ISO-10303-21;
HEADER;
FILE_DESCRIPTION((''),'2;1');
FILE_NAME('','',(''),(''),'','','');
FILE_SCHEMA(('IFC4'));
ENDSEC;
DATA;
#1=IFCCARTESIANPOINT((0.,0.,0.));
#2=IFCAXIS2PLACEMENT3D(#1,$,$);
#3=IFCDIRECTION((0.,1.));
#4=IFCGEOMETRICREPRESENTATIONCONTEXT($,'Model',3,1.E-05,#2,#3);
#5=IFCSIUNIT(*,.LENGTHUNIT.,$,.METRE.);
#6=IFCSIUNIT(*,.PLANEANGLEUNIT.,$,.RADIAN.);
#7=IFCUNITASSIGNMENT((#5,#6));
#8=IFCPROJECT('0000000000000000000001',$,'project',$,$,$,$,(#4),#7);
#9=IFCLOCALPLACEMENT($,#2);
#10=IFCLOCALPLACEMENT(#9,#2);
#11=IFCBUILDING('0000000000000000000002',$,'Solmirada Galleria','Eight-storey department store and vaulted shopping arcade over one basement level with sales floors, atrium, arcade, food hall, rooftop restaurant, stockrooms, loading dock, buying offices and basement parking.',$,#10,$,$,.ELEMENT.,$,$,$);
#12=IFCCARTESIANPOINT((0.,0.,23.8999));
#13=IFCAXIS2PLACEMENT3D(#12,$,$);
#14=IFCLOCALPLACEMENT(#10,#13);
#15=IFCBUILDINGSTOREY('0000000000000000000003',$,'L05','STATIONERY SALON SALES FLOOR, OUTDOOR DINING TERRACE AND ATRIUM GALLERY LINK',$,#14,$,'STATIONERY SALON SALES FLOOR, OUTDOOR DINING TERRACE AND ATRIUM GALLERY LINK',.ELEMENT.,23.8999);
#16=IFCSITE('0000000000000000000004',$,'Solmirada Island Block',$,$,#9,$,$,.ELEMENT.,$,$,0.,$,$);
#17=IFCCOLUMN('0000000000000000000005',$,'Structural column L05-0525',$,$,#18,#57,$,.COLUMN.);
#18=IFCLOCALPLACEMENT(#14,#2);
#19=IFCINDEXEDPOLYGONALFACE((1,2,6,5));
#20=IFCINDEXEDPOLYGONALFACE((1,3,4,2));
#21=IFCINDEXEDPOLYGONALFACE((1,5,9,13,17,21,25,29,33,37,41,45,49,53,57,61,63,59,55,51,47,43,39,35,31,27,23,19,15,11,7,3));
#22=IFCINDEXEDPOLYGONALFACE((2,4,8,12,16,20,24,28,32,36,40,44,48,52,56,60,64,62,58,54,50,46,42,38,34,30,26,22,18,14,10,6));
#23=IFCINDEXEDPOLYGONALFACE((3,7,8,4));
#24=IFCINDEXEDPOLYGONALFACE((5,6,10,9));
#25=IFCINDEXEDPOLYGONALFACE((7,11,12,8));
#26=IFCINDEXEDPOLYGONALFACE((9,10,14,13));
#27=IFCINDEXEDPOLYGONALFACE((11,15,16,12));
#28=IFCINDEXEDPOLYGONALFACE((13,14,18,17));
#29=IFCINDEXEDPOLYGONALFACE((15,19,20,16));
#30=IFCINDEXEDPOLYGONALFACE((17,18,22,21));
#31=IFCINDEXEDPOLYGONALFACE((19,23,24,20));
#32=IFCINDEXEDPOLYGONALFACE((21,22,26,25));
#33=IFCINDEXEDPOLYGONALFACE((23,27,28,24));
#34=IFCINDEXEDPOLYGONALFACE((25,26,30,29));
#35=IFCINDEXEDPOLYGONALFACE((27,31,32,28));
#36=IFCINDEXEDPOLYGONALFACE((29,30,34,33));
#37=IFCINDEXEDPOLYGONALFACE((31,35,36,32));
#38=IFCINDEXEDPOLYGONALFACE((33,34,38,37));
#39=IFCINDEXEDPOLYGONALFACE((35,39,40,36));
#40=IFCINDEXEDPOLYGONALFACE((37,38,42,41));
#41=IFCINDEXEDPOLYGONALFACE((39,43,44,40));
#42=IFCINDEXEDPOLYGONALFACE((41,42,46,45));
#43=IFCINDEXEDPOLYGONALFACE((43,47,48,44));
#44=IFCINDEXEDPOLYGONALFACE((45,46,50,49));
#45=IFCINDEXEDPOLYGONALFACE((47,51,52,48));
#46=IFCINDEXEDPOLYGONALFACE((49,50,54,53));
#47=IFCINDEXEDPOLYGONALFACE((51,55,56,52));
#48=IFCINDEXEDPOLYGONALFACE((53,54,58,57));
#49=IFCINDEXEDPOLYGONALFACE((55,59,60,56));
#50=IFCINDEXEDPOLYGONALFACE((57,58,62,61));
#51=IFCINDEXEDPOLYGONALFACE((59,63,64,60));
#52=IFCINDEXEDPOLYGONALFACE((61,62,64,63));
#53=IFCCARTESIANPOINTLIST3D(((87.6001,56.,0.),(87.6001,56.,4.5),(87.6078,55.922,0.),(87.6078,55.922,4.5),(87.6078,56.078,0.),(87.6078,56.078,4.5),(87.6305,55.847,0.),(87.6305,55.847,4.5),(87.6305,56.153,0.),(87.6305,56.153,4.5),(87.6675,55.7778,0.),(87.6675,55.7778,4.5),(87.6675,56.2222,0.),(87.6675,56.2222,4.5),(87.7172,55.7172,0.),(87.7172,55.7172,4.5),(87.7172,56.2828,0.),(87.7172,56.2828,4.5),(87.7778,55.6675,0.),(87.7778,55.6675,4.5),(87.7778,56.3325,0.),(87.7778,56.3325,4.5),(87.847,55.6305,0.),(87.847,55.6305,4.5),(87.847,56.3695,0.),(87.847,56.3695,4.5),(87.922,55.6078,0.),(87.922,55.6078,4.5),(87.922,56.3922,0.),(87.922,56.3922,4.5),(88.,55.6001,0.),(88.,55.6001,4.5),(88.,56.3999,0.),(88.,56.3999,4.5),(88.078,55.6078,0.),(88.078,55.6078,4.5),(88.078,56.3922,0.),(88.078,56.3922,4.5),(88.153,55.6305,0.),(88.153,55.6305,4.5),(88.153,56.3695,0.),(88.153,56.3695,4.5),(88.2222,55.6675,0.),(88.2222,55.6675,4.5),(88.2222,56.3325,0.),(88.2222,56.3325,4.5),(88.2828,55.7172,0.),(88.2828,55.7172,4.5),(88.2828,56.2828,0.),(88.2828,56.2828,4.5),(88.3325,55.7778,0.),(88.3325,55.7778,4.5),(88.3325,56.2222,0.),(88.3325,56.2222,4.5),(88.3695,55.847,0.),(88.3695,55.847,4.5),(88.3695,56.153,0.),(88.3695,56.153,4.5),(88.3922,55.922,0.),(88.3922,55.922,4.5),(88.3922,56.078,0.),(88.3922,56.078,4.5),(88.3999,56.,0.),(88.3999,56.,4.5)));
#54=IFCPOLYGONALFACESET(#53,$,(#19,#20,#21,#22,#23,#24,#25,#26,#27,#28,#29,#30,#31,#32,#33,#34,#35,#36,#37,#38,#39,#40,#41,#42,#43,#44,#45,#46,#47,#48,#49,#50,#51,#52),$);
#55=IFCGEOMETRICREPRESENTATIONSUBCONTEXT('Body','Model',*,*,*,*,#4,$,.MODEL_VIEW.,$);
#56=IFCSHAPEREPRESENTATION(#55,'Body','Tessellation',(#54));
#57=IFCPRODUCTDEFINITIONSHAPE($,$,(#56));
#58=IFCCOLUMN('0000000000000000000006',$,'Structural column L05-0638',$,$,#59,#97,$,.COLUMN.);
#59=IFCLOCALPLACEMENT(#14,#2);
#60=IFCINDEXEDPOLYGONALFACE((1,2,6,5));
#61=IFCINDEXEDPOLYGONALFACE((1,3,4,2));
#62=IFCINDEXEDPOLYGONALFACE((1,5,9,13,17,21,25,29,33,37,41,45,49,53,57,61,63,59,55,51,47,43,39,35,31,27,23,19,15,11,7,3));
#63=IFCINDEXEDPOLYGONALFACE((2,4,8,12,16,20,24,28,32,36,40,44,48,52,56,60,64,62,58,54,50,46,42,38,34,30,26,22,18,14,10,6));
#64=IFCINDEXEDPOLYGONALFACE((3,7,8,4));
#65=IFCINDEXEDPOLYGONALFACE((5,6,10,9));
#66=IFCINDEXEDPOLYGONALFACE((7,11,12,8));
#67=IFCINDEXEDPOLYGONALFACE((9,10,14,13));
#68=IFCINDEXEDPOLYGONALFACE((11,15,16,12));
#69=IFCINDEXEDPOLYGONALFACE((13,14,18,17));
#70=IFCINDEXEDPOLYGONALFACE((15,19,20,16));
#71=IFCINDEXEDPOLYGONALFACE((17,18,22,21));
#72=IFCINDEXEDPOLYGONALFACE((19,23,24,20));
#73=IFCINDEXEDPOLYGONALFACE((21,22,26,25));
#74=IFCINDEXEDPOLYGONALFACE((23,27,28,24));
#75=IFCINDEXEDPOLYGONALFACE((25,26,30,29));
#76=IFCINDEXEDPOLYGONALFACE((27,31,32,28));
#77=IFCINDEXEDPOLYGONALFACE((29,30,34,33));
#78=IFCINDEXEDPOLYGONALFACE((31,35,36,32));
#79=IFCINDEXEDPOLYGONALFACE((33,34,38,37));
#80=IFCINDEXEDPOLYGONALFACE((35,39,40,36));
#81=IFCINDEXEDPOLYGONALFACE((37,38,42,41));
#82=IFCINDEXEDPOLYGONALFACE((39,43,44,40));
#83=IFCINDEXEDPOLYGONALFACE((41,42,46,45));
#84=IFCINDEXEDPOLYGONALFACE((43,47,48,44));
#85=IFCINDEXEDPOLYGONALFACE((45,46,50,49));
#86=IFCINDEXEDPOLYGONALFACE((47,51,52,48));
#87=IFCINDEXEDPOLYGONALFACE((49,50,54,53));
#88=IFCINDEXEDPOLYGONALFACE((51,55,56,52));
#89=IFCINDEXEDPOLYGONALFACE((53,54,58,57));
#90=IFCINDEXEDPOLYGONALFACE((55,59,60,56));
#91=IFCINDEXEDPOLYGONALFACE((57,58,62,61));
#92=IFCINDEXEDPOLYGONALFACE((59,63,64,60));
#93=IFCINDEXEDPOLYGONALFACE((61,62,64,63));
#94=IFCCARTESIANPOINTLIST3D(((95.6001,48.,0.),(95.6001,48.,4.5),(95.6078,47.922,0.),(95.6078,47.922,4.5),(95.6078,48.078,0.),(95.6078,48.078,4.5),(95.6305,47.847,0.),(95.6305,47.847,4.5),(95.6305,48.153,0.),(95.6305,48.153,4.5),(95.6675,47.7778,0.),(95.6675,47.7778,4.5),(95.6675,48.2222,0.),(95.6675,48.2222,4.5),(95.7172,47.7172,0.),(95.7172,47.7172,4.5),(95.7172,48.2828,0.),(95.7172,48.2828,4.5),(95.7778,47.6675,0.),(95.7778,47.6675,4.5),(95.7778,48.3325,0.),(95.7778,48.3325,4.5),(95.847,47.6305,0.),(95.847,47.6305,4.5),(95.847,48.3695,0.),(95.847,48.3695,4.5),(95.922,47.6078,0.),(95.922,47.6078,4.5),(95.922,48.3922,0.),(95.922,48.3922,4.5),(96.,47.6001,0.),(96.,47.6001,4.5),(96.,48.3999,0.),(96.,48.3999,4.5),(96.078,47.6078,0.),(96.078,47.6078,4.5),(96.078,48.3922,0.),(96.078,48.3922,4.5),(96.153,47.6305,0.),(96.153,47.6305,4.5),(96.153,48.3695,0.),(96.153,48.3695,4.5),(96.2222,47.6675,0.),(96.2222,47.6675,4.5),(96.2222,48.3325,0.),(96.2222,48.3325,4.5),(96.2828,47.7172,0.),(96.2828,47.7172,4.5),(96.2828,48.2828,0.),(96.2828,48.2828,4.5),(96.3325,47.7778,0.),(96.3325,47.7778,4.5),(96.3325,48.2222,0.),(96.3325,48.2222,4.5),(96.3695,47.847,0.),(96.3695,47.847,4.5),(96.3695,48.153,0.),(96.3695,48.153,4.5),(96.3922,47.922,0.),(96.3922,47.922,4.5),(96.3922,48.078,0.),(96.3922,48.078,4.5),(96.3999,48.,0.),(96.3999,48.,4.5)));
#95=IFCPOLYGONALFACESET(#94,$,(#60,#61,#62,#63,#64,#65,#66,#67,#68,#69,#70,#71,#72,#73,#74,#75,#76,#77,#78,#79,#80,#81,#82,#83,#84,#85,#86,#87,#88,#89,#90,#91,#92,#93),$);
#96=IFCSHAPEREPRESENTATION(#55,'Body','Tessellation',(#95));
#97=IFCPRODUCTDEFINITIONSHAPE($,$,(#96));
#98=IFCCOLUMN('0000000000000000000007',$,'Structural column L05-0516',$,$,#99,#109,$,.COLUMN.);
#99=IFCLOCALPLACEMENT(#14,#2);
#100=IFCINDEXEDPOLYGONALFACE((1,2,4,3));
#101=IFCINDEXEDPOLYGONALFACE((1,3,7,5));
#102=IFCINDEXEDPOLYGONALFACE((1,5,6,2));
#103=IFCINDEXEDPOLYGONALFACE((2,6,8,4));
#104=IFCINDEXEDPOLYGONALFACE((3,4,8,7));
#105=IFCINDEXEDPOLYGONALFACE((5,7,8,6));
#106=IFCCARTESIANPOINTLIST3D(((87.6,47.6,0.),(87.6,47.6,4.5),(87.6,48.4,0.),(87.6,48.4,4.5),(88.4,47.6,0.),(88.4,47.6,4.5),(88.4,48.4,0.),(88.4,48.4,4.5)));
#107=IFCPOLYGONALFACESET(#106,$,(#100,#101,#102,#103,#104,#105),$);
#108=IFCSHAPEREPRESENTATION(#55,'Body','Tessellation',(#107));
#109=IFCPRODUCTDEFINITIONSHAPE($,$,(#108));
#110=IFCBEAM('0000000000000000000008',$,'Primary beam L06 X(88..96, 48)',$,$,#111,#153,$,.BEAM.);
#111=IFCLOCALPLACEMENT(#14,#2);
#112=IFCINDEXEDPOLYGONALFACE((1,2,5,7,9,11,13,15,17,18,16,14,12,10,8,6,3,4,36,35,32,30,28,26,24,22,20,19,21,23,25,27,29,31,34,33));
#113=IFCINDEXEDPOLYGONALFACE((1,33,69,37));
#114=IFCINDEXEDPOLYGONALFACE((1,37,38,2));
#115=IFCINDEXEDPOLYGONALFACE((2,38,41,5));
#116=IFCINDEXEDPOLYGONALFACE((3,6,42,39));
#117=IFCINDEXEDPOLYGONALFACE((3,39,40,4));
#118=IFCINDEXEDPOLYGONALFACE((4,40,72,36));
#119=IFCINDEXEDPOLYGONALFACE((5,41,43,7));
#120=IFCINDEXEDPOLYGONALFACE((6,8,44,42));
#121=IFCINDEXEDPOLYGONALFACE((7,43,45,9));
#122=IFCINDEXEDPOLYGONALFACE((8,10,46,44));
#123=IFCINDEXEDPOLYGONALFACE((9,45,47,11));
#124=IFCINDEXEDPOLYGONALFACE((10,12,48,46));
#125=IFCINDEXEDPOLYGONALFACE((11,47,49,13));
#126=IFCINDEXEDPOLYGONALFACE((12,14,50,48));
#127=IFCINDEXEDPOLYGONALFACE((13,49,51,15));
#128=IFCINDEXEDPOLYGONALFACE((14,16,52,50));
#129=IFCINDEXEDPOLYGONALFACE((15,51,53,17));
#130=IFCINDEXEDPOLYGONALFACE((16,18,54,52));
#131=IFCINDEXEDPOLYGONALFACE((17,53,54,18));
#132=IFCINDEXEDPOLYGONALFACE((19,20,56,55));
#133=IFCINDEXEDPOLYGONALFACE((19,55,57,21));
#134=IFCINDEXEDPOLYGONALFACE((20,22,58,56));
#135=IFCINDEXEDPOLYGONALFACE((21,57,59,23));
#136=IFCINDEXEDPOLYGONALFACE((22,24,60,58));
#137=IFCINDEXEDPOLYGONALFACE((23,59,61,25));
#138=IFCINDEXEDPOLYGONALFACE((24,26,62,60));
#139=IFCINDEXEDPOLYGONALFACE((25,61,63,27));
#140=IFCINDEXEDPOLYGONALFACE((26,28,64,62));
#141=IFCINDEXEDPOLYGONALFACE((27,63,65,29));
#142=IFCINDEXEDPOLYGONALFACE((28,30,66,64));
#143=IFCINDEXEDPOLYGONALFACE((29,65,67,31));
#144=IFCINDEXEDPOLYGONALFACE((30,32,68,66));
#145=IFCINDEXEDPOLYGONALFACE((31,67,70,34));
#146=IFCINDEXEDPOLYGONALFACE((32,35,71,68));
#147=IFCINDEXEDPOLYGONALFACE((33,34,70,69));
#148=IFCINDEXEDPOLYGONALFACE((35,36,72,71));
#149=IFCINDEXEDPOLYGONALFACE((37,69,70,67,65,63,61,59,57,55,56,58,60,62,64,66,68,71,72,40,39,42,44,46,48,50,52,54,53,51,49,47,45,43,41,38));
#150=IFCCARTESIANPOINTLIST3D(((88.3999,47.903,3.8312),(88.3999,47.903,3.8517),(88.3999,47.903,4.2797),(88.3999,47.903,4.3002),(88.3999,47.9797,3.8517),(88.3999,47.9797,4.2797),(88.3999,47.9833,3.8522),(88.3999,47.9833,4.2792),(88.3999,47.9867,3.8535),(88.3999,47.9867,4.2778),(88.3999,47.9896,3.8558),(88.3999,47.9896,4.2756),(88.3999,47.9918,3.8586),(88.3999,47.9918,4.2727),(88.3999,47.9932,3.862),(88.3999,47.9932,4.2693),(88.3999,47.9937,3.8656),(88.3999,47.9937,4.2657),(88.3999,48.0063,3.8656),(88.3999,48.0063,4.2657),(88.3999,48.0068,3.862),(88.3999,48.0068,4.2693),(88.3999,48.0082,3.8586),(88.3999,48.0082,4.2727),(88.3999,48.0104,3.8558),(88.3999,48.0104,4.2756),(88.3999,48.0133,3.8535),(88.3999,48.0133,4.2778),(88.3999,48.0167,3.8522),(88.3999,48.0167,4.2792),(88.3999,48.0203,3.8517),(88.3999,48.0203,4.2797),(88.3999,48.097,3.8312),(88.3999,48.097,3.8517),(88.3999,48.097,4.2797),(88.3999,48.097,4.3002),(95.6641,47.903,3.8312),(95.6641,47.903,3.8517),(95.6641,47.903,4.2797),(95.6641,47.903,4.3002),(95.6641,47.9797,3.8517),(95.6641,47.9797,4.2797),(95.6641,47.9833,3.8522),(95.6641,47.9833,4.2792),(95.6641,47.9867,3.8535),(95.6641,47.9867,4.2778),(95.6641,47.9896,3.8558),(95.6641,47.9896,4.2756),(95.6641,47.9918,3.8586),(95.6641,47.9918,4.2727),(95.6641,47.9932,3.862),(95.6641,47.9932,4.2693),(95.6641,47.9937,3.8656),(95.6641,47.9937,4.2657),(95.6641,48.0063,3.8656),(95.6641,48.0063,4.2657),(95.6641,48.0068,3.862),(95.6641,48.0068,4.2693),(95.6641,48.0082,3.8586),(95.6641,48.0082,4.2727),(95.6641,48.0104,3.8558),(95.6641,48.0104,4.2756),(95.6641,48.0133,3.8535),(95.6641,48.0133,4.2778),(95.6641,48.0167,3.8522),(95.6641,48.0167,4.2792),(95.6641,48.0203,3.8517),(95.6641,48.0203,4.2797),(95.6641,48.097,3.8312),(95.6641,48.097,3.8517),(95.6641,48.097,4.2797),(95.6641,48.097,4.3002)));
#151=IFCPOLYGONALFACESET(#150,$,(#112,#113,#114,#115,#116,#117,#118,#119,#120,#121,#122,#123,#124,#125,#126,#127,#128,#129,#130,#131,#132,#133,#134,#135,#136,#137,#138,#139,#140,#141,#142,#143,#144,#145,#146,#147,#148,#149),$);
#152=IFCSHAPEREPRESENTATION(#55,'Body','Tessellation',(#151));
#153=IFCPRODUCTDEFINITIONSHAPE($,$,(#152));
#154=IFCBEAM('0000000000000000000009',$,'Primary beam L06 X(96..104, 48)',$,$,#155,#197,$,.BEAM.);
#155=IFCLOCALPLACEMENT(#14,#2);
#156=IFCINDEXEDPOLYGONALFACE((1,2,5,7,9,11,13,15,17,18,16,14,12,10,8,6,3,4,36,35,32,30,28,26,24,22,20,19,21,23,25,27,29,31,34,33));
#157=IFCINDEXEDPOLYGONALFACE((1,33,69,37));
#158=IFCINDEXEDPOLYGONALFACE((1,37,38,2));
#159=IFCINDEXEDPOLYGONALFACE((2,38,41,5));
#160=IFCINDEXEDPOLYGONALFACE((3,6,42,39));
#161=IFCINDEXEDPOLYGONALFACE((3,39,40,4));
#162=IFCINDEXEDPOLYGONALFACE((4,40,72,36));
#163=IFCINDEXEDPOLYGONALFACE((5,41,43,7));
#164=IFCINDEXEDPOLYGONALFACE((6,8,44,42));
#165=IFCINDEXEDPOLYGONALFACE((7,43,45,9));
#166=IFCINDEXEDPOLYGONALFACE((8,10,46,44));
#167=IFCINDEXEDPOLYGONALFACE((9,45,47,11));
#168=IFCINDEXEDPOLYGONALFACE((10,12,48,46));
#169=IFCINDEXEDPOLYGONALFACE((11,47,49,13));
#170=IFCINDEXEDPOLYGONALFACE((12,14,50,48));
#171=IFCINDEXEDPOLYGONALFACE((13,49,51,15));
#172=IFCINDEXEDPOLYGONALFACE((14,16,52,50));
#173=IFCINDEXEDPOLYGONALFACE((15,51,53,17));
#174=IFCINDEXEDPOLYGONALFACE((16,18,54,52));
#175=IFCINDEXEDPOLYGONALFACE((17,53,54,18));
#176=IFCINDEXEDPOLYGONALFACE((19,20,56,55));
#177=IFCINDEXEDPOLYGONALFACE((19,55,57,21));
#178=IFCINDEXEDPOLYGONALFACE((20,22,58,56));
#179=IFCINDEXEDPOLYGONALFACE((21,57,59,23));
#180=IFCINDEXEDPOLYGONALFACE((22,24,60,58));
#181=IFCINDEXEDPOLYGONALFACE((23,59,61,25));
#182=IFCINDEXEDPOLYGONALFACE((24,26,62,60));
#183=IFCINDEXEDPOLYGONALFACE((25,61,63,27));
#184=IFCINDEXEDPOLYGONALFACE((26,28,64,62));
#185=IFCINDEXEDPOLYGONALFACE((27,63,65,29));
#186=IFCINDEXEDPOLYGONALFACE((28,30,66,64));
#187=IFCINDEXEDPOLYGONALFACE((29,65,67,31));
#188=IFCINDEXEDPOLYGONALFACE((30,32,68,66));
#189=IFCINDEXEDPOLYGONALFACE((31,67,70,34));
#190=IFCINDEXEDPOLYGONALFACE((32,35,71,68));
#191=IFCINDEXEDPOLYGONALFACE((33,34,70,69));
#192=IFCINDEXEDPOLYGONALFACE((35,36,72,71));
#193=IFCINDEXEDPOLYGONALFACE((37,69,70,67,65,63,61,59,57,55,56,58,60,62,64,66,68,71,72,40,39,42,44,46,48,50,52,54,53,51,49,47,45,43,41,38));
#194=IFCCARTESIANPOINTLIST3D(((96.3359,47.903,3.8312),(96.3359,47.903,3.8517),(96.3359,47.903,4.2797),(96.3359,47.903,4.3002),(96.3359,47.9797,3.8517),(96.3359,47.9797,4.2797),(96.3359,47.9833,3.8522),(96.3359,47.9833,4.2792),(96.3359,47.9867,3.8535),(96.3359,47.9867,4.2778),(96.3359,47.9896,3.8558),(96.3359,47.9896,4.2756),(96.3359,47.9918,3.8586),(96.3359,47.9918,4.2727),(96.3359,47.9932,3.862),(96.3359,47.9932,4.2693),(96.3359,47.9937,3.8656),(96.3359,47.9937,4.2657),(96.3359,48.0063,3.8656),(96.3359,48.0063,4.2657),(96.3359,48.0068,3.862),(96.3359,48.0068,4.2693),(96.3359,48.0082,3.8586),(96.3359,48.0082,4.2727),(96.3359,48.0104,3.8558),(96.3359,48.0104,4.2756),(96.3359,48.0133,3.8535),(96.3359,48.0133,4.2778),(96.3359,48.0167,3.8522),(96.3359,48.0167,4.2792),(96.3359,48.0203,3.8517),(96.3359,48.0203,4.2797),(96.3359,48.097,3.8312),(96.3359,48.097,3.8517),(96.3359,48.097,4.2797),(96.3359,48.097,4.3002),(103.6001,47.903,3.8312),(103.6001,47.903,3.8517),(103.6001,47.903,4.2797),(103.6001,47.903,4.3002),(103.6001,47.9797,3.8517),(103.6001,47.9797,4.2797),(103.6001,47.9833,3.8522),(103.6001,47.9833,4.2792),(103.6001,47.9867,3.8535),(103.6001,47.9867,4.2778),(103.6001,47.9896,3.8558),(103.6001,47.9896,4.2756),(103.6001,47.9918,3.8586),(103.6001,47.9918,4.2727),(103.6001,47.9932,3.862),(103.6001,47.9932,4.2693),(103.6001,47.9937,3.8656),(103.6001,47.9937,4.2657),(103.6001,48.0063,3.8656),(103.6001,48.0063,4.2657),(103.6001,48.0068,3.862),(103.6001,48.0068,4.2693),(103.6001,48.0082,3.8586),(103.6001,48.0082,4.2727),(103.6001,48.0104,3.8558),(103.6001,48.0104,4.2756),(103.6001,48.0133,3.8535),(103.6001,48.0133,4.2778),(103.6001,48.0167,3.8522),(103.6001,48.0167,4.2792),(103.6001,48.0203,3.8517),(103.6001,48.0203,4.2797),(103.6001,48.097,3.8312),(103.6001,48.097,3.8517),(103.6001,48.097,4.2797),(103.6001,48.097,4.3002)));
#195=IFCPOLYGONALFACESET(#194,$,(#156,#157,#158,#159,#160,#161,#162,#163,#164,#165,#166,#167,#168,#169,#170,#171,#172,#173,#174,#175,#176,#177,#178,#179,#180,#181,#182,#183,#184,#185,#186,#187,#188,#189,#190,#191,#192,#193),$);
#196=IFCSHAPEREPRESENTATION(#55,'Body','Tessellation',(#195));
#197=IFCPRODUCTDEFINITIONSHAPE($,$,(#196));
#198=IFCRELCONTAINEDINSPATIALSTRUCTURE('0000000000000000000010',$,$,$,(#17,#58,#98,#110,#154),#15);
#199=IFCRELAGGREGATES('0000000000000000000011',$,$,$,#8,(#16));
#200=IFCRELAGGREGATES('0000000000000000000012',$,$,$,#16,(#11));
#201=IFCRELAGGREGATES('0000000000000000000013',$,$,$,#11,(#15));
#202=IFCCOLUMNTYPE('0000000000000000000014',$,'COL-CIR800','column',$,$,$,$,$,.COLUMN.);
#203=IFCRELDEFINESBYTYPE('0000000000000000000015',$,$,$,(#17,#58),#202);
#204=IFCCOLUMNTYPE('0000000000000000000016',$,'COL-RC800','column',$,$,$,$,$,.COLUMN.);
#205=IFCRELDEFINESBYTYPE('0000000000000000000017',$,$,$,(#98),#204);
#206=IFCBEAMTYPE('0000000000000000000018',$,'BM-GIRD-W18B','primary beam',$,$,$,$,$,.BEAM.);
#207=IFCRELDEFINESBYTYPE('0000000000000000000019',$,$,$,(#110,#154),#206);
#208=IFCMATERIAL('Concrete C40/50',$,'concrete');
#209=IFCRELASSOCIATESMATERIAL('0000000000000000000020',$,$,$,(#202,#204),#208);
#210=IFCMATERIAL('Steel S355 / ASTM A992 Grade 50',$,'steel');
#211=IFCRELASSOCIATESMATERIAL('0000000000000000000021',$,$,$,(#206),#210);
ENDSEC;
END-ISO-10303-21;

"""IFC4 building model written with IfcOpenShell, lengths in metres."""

from ifc_helpers import new_model, si_unit, direction, frame, origin, origin_2d, place, context, subcontext, project, spatial, rectangle, circle, i_section, extrude, material, material_profile, profile_set, type_object, element, save


model = new_model("IFC4")

# Units and contexts
model_context = context("Model", 3, precision=1e-05, world=origin(), true_north=direction((0.0, 1.0)))
body_context = subcontext(model_context, "Body", "Model", "MODEL_VIEW")
ifc_project = project(units=[si_unit("LENGTHUNIT", "METRE"), si_unit("PLANEANGLEUNIT", "RADIAN")], contexts=[model_context])

# Site, building, storey
site_placement = place(None, origin())
site = spatial("IfcSite", under=ifc_project, at=site_placement, Name="Solmirada Island Block", CompositionType="ELEMENT", RefElevation=0.0)
building_placement = place(site_placement, origin())
building = spatial("IfcBuilding", under=site, at=building_placement, Name="Solmirada Galleria", Description="Eight-storey department store and vaulted shopping arcade over one basement level with sales floors, atrium, arcade, food hall, rooftop restaurant, stockrooms, loading dock, buying offices and basement parking.", CompositionType="ELEMENT")
storey_placement = place(building_placement, frame((0.0, 0.0, 23.8999)))
storey = spatial("IfcBuildingStorey", under=building, at=storey_placement, Name="L05", Description="STATIONERY SALON SALES FLOOR, OUTDOOR DINING TERRACE AND ATRIUM GALLERY LINK", LongName="STATIONERY SALON SALES FLOOR, OUTDOOR DINING TERRACE AND ATRIUM GALLERY LINK", CompositionType="ELEMENT", Elevation=23.8999)

# Columns
ifc_material_1 = material(Name="Concrete C40/50", Category="concrete")
ifc_material_profile_1 = material_profile(ifc_material_1, circle(Radius=0.3999, at=origin_2d()), Name="RCCOL800")
ifc_profile_set_1 = profile_set([ifc_material_profile_1], Name="Concrete C40/50")
column_type_1 = type_object("IfcColumnType", Name="COL-CIR800", Description="column", PredefinedType="COLUMN", material=ifc_profile_set_1)
for number, where, z_axis, x_axis, name in (
    (1, (88.0, 56.0, 0.0), (0.0, 0.0, 1.0), (1.0, 0.0, 0.0), "Structural column L05-0525"),
    (2, (96.0, 48.0, 0.0), (0.0, 0.0, 1.0), (1.0, 0.0, 0.0), "Structural column L05-0638"),
):
    element("IfcColumn", number, at=place(storey_placement, frame(where, z_axis=z_axis, x_axis=x_axis)), inside=storey, type_object=column_type_1, Name=name, PredefinedType="COLUMN", context=body_context, shape_type="SweptSolid", body=[
        extrude(circle(Radius=0.3999, at=origin_2d()), origin(), (0.0, 0.0, 1.0), 4.5),
    ])
ifc_material_profile_2 = material_profile(ifc_material_1, rectangle(XDim=0.8, YDim=0.8, at=origin_2d()), Name="RC800X800")
ifc_profile_set_2 = profile_set([ifc_material_profile_2], Name="Concrete C40/50")
column_type_2 = type_object("IfcColumnType", Name="COL-RC800", Description="column", PredefinedType="COLUMN", material=ifc_profile_set_2)
column_placement = place(storey_placement, frame((88.0, 48.0, 0.0), z_axis=(0.0, 0.0, 1.0), x_axis=(1.0, 0.0, 0.0)))
element("IfcColumn", 3, at=column_placement, inside=storey, type_object=column_type_2, Name="Structural column L05-0516", PredefinedType="COLUMN", context=body_context, shape_type="SweptSolid", body=[
    extrude(rectangle(XDim=0.8, YDim=0.8, at=origin_2d()), origin(), (0.0, 0.0, 1.0), 4.5),
])

# Beams
ifc_material_2 = material(Name="Steel S355 / ASTM A992 Grade 50", Category="steel")
ifc_material_profile_3 = material_profile(ifc_material_2, i_section(OverallWidth=0.1941, OverallDepth=0.469, WebThickness=0.0127, FlangeThickness=0.0205, FilletRadius=0.0139, at=origin_2d()), Name="W18X71")
ifc_profile_set_3 = profile_set([ifc_material_profile_3], Name="Steel S355 / ASTM A992 Grade 50")
beam_type_1 = type_object("IfcBeamType", Name="BM-GIRD-W18B", Description="primary beam", PredefinedType="BEAM", material=ifc_profile_set_3)
for number, where, z_axis, x_axis, name in (
    (4, (88.3999, 48.0, 4.0657), (1.0, 0.0, 0.0), (0.0, 1.0, 0.0), "Primary beam L06 X(88..96, 48)"),
    (5, (96.3359, 48.0, 4.0657), (1.0, 0.0, 0.0), (0.0, 1.0, 0.0), "Primary beam L06 X(96..104, 48)"),
):
    element("IfcBeam", number, at=place(storey_placement, frame(where, z_axis=z_axis, x_axis=x_axis)), inside=storey, type_object=beam_type_1, Name=name, PredefinedType="BEAM", context=body_context, shape_type="SweptSolid", body=[
        extrude(i_section(OverallWidth=0.1941, OverallDepth=0.469, WebThickness=0.0127, FlangeThickness=0.0205, FilletRadius=0.0139, at=origin_2d()), origin(), (0.0, 0.0, 1.0), 7.2642),
    ])

save(model, "model.ifc")
